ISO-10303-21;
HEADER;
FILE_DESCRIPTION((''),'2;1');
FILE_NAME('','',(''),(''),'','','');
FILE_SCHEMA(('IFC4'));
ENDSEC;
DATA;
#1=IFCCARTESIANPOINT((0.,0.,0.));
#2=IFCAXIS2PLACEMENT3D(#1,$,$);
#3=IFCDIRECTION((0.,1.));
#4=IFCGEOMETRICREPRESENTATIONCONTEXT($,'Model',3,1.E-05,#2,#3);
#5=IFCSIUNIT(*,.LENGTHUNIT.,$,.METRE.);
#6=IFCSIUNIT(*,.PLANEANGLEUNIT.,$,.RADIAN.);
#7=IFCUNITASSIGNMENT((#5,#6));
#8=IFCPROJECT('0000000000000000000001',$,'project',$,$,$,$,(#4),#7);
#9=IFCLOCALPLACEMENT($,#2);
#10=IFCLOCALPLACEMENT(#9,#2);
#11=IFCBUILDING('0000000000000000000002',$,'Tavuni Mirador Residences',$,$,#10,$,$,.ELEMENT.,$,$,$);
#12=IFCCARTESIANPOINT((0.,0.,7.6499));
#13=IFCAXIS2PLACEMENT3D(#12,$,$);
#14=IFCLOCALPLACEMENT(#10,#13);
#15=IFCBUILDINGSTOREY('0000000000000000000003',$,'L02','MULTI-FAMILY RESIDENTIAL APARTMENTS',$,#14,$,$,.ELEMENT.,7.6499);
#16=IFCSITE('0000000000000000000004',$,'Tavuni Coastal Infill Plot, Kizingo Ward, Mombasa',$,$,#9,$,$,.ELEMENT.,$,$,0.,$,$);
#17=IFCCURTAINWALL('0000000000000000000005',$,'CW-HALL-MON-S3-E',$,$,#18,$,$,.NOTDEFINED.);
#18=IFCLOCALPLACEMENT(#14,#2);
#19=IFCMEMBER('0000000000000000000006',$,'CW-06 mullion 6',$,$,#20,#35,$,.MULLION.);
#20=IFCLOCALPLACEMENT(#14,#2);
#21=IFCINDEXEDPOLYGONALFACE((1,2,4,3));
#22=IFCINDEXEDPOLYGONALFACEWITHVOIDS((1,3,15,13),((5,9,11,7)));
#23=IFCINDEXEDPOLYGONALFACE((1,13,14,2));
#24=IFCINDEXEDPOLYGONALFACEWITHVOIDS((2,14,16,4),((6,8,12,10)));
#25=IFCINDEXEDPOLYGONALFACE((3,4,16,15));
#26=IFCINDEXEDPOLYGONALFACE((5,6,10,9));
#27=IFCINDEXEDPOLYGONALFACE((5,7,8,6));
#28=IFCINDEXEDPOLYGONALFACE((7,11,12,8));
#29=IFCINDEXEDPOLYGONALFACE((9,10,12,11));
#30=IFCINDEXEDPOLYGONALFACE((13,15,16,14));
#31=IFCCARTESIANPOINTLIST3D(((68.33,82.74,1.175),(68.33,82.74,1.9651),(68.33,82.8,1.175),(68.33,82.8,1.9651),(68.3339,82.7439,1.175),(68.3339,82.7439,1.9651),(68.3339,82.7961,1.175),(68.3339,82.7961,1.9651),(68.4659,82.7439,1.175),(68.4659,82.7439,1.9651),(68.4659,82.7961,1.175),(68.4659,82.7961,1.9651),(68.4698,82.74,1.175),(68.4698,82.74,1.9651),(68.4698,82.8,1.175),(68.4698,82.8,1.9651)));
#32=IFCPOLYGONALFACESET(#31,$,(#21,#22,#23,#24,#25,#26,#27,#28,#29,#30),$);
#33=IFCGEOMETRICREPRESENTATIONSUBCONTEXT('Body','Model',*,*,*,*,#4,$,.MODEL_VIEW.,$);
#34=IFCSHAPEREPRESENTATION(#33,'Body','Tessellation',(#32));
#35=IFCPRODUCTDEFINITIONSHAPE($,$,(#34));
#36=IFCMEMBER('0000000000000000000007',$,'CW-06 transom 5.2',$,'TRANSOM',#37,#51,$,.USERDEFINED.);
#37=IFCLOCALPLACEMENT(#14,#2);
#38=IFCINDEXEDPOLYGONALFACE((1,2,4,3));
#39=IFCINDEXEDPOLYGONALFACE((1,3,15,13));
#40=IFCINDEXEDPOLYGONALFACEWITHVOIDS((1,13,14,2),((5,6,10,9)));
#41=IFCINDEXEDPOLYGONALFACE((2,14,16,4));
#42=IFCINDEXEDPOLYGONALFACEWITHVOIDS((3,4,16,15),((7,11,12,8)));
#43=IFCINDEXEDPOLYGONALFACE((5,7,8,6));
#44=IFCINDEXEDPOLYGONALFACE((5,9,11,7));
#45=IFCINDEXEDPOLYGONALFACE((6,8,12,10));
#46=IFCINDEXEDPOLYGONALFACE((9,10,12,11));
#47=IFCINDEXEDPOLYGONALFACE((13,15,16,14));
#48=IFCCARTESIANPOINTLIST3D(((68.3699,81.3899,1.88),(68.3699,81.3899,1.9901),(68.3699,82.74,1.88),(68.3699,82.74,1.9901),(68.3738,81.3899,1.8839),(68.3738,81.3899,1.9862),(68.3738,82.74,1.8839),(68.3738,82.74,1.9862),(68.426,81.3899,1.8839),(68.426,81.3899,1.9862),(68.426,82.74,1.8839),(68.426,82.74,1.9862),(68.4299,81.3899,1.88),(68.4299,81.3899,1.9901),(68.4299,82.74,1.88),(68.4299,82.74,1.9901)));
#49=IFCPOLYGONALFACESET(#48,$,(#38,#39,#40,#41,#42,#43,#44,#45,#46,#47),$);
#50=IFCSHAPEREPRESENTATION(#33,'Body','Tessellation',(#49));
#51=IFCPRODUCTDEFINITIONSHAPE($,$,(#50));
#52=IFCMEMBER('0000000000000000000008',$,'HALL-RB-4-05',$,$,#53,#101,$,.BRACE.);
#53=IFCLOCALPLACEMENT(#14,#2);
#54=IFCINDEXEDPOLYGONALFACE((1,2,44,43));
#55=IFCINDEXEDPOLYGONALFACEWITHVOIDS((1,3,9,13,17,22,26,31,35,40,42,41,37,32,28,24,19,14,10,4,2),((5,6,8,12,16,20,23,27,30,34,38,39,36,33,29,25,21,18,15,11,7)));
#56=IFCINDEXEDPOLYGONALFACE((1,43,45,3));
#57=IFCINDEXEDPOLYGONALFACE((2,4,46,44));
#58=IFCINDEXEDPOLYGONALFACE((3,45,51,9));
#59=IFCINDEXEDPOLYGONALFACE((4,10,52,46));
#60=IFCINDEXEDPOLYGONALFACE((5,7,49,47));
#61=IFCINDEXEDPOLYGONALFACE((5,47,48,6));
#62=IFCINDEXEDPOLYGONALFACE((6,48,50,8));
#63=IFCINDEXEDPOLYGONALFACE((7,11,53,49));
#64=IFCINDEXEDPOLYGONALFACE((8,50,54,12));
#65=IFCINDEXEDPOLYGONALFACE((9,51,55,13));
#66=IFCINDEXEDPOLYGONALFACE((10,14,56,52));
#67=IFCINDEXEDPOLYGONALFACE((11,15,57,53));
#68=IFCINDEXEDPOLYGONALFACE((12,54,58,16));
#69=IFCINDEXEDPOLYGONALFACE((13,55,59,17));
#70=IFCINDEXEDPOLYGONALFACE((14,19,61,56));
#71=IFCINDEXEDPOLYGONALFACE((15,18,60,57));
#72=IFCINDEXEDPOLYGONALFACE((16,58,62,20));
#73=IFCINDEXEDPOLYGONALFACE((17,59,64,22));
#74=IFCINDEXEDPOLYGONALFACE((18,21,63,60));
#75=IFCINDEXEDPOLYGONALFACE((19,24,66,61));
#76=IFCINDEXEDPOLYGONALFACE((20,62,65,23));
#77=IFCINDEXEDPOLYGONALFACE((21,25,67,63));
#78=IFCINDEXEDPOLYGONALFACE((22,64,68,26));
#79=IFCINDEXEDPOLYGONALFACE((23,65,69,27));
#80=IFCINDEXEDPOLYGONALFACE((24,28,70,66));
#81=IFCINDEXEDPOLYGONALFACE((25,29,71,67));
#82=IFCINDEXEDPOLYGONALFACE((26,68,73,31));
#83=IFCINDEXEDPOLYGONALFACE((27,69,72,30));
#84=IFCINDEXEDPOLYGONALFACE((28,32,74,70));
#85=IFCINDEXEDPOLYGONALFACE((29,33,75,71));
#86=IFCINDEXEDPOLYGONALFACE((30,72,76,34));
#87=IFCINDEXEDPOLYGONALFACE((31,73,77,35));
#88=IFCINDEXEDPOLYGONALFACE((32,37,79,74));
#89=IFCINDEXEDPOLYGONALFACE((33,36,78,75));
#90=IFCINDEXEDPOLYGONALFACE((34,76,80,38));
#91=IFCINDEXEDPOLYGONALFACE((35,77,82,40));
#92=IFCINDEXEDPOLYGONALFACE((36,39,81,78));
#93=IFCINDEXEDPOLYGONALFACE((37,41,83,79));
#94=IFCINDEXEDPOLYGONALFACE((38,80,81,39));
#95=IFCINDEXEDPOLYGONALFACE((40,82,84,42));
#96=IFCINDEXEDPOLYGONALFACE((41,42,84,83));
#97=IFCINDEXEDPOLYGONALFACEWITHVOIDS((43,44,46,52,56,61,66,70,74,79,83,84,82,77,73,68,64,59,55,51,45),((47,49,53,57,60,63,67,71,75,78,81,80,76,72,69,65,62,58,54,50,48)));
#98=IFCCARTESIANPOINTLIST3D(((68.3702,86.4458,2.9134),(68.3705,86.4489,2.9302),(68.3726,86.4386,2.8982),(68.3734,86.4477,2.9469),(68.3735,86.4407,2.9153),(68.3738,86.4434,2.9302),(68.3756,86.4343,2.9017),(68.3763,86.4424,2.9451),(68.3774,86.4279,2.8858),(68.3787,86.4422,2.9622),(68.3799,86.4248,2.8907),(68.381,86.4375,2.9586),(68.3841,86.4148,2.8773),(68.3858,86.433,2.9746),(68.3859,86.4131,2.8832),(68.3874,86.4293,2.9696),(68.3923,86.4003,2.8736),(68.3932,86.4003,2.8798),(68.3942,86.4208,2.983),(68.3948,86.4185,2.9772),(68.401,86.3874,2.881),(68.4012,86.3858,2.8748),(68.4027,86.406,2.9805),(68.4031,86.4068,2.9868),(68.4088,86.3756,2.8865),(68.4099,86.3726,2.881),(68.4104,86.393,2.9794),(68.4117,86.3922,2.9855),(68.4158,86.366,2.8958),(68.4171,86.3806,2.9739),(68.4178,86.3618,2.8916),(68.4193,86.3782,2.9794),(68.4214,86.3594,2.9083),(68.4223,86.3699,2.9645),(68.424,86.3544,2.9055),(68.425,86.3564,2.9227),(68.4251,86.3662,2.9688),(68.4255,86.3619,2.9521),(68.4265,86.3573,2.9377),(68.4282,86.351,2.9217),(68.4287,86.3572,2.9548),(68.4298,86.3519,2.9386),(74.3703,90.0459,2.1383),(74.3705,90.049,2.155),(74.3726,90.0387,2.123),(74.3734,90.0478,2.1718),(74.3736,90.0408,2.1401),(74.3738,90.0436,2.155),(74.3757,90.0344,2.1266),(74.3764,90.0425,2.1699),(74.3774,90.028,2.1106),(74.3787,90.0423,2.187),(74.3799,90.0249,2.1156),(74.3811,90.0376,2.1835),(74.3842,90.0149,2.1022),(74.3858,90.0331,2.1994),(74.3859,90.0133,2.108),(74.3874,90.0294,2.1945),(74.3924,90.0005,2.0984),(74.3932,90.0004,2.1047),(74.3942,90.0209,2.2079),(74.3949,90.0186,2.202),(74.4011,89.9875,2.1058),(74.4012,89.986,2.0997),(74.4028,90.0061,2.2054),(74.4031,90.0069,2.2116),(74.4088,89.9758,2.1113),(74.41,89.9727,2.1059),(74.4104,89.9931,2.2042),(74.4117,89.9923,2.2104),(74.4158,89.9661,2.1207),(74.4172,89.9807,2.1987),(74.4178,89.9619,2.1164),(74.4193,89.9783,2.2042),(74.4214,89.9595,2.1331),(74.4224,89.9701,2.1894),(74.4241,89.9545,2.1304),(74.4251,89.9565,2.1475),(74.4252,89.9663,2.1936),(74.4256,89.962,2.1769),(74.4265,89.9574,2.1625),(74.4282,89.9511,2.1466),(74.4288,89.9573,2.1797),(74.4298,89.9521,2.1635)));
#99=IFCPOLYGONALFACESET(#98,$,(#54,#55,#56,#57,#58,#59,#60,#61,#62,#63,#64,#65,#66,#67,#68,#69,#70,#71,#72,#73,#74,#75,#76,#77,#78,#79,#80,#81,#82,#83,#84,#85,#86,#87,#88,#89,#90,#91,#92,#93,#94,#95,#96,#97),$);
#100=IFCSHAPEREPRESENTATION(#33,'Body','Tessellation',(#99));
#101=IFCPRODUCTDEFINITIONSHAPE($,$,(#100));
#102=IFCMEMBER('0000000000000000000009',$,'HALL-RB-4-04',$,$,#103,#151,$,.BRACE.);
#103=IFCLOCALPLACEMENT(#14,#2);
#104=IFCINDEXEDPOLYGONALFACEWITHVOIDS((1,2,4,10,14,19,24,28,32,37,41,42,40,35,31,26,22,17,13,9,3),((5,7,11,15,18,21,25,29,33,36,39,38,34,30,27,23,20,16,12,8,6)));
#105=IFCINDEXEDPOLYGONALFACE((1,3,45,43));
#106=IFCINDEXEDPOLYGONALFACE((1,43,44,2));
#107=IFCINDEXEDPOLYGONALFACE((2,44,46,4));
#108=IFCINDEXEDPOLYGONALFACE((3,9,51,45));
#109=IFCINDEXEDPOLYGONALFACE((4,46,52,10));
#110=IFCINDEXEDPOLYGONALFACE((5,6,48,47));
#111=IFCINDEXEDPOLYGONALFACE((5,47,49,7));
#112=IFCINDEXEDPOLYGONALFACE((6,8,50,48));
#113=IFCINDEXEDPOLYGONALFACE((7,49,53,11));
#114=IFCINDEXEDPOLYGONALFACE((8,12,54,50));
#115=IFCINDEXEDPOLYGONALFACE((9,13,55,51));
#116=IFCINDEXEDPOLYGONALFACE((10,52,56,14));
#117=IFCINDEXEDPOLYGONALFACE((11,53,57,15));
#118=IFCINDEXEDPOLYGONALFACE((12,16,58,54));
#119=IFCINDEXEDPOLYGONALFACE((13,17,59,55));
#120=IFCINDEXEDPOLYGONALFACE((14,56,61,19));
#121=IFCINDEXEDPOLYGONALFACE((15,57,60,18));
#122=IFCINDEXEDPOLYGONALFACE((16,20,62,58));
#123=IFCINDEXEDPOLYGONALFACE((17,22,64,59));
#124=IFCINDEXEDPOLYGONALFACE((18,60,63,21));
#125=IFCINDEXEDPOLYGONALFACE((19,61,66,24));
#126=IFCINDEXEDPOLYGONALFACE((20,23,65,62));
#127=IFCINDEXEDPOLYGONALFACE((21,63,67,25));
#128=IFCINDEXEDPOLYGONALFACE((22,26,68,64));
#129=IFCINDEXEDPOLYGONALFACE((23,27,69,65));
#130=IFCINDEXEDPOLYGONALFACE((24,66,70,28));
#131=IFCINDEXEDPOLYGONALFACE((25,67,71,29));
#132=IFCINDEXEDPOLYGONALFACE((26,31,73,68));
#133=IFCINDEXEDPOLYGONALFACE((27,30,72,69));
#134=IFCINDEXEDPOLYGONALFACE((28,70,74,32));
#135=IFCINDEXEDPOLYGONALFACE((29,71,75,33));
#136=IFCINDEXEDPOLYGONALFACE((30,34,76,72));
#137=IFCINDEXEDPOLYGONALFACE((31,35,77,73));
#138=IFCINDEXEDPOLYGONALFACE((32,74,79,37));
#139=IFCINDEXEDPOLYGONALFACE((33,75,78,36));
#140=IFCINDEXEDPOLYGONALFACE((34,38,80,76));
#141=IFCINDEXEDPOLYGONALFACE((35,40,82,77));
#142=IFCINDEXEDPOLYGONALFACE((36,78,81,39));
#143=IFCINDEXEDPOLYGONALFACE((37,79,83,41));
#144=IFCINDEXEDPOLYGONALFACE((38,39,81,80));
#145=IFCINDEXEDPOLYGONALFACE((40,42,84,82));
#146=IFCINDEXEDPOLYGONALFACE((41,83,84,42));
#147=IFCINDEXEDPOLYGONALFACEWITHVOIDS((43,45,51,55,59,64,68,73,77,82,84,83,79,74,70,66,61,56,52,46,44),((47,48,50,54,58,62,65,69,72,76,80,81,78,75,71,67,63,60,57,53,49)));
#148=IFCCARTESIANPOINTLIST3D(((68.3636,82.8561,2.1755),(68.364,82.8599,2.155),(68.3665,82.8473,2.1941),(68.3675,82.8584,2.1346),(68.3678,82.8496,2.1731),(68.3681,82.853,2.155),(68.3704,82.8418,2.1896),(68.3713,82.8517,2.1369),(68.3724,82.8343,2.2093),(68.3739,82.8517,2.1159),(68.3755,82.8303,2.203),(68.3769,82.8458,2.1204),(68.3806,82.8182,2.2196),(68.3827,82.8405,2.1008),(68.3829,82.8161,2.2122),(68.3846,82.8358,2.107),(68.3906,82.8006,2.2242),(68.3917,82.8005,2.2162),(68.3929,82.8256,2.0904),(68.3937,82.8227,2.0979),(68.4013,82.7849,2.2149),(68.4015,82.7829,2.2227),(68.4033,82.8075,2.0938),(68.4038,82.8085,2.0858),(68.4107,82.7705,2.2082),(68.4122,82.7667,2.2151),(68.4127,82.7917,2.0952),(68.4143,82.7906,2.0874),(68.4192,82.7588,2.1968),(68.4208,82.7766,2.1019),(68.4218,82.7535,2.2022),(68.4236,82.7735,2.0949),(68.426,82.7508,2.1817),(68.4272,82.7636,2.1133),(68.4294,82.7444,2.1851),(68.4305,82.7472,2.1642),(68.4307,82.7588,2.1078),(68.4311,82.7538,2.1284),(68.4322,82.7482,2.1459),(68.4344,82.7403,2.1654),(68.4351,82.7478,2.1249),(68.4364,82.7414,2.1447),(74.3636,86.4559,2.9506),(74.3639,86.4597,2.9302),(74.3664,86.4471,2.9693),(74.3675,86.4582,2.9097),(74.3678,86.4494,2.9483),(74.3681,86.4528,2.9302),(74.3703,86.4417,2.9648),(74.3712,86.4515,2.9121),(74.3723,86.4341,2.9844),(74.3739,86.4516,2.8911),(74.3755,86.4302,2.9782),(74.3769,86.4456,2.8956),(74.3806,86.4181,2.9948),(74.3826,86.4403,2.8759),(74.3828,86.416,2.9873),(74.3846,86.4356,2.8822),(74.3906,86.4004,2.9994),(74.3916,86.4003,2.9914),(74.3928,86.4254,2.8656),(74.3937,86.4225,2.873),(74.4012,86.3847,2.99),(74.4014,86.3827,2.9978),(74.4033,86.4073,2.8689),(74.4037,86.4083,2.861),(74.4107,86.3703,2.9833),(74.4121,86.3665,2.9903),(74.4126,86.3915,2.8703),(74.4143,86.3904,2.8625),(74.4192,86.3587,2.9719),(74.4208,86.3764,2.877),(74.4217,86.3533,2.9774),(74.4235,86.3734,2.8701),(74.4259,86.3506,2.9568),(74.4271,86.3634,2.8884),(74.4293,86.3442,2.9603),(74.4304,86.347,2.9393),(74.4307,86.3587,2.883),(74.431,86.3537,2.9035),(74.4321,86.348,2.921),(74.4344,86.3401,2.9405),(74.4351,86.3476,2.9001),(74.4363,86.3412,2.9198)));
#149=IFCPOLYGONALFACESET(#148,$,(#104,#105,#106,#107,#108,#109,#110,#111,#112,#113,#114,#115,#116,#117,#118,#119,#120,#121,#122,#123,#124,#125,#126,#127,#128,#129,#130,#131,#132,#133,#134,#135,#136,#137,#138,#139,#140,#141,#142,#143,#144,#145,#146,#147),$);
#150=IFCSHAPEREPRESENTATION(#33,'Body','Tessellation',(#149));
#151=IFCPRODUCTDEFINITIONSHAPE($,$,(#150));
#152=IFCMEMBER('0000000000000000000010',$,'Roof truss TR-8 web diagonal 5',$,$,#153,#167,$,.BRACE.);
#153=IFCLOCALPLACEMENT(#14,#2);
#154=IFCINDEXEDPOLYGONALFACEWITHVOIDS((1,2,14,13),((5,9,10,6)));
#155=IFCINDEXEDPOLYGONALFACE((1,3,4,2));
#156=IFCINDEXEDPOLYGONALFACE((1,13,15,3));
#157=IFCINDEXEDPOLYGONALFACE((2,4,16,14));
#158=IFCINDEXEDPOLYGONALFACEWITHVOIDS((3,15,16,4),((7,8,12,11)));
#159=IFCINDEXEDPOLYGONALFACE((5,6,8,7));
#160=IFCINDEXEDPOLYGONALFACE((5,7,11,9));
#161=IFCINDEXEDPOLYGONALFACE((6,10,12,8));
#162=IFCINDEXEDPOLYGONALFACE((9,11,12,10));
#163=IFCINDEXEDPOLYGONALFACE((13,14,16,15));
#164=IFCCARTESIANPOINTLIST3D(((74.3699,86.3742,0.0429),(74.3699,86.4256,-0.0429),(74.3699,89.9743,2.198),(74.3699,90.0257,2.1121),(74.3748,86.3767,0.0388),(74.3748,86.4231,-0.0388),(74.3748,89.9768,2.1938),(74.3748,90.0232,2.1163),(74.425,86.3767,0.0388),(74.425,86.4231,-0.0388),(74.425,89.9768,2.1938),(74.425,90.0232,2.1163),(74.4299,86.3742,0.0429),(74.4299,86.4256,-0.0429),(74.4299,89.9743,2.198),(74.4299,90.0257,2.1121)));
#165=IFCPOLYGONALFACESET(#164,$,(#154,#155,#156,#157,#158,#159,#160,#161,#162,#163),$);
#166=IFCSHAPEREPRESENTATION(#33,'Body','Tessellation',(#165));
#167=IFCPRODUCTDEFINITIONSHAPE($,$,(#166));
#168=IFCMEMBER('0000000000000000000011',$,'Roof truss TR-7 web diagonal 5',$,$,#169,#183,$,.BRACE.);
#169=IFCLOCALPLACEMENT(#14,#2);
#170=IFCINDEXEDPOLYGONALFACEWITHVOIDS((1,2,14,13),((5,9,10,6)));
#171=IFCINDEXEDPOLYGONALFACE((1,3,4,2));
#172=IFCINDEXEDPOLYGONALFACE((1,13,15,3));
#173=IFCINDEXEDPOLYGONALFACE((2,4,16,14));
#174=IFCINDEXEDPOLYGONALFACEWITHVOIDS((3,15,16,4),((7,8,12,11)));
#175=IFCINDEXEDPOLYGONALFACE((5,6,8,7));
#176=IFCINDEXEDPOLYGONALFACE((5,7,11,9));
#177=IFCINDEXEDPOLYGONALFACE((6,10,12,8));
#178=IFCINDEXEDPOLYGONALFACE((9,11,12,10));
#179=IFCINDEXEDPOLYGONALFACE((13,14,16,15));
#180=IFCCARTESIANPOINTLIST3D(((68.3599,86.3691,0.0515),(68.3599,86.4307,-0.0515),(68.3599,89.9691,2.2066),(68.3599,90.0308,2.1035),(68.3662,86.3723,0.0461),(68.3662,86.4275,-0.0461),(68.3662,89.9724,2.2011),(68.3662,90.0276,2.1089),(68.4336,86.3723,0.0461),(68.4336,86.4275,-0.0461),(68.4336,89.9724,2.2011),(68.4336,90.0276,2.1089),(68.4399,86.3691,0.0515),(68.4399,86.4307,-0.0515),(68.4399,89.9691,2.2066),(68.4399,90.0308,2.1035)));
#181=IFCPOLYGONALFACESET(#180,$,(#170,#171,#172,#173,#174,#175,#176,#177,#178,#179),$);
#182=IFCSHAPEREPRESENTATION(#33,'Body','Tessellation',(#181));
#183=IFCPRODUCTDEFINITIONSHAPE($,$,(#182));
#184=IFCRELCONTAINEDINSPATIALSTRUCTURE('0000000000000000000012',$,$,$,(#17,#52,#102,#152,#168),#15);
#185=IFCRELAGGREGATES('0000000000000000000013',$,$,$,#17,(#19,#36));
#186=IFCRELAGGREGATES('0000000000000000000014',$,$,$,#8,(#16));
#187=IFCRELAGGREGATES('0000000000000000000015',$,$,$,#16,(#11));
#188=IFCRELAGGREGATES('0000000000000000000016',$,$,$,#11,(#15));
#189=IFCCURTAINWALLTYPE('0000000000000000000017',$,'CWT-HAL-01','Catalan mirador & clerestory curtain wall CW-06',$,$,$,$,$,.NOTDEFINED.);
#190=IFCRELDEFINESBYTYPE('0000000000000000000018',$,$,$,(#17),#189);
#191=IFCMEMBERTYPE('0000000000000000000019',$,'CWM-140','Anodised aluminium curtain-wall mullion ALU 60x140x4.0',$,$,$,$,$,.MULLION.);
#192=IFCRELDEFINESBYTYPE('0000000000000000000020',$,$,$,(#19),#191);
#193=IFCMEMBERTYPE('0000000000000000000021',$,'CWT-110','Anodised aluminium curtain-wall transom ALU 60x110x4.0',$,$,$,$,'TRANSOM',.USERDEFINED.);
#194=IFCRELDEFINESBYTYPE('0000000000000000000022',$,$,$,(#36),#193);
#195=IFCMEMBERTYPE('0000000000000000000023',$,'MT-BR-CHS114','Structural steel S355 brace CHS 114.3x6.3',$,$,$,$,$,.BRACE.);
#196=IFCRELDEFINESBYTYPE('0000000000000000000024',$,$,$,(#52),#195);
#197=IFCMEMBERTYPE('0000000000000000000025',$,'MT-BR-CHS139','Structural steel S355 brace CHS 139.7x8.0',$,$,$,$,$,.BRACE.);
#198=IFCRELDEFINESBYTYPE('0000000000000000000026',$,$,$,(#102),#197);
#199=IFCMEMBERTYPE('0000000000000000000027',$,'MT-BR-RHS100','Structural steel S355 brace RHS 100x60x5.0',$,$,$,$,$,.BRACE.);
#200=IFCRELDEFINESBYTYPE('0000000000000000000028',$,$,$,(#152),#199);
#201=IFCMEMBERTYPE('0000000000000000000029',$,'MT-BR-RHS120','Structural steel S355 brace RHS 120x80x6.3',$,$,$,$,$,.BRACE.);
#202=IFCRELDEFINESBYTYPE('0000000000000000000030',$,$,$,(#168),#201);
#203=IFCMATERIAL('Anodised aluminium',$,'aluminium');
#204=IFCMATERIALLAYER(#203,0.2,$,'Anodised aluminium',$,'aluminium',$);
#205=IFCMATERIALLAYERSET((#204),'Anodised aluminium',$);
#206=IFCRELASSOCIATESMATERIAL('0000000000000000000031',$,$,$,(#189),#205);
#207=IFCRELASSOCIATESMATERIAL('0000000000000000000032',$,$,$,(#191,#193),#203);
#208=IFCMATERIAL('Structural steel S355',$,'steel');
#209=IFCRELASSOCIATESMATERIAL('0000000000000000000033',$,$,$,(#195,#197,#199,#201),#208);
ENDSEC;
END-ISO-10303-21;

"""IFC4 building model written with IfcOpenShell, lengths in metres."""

from ifc_helpers import new_model, si_unit, direction, frame, origin, origin_2d, place, context, subcontext, project, spatial, hollow_rectangle, hollow_circle, extrude, material, layer, layer_set, material_profile, profile_set, type_object, element, aggregate, save


model = new_model("IFC4")

# Units and contexts
model_context = context("Model", 3, precision=1e-05, world=origin(), true_north=direction((0.0, 1.0)))
body_context = subcontext(model_context, "Body", "Model", "MODEL_VIEW")
ifc_project = project(units=[si_unit("LENGTHUNIT", "METRE"), si_unit("PLANEANGLEUNIT", "RADIAN")], contexts=[model_context])

# Site, building, storey
site_placement = place(None, origin())
site = spatial("IfcSite", under=ifc_project, at=site_placement, Name="Tavuni Coastal Infill Plot, Kizingo Ward, Mombasa", CompositionType="ELEMENT", RefElevation=0.0)
building_placement = place(site_placement, origin())
building = spatial("IfcBuilding", under=site, at=building_placement, Name="Tavuni Mirador Residences", CompositionType="ELEMENT")
storey_placement = place(building_placement, frame((0.0, 0.0, 7.6499)))
storey = spatial("IfcBuildingStorey", under=building, at=storey_placement, Name="L02", Description="MULTI-FAMILY RESIDENTIAL APARTMENTS", CompositionType="ELEMENT", Elevation=7.6499)

# Curtain wall, members
ifc_material_1 = material(Name="Anodised aluminium", Category="aluminium")
ifc_layer_1 = layer(ifc_material_1, 0.2, Name="Anodised aluminium", Category="aluminium")
ifc_layer_set_1 = layer_set([ifc_layer_1], Name="Anodised aluminium")
curtain_wall_type = type_object("IfcCurtainWallType", Name="CWT-HAL-01", Description="Catalan mirador & clerestory curtain wall CW-06", PredefinedType="NOTDEFINED", material=ifc_layer_set_1)
curtain_wall_placement = place(storey_placement, origin())
curtain_wall = element("IfcCurtainWall", 1, at=curtain_wall_placement, inside=storey, type_object=curtain_wall_type, Name="CW-HALL-MON-S3-E", PredefinedType="NOTDEFINED")
ifc_material_profile_1 = material_profile(ifc_material_1, hollow_rectangle(XDim=0.0601, YDim=0.1399, WallThickness=0.0039, at=origin_2d()), Name="ALU 60x140x4.0", Category="aluminium")
ifc_profile_set_1 = profile_set([ifc_material_profile_1], Name="Anodised aluminium")
member_type_1 = type_object("IfcMemberType", Name="CWM-140", Description="Anodised aluminium curtain-wall mullion ALU 60x140x4.0", PredefinedType="MULLION", material=ifc_profile_set_1)
member_1_placement = place(storey_placement, frame((68.3999, 82.77, 1.175), z_axis=(0.0, 0.0, 1.0), x_axis=(0.0, 1.0, 0.0)))
member_1 = element("IfcMember", 2, at=member_1_placement, type_object=member_type_1, Name="CW-06 mullion 6", PredefinedType="MULLION", context=body_context, shape_type="SweptSolid", body=[
    extrude(hollow_rectangle(XDim=0.0601, YDim=0.1399, WallThickness=0.0039, at=origin_2d()), origin(), (0.0, 0.0, 1.0), 0.79),
])
ifc_material_profile_2 = material_profile(ifc_material_1, hollow_rectangle(XDim=0.0601, YDim=0.1101, WallThickness=0.0039, at=origin_2d()), Name="ALU 60x110x4.0", Category="aluminium")
ifc_profile_set_2 = profile_set([ifc_material_profile_2], Name="Anodised aluminium")
member_type_2 = type_object("IfcMemberType", Name="CWT-110", Description="Anodised aluminium curtain-wall transom ALU 60x110x4.0", ElementType="TRANSOM", PredefinedType="USERDEFINED", material=ifc_profile_set_2)
member_2_placement = place(storey_placement, frame((68.3999, 81.3899, 1.9351), z_axis=(0.0, 1.0, 0.0), x_axis=(-1.0, 0.0, 0.0)))
member_2 = element("IfcMember", 3, at=member_2_placement, type_object=member_type_2, Name="CW-06 transom 5.2", ObjectType="TRANSOM", PredefinedType="USERDEFINED", context=body_context, shape_type="SweptSolid", body=[
    extrude(hollow_rectangle(XDim=0.0601, YDim=0.1101, WallThickness=0.0039, at=origin_2d()), origin(), (0.0, 0.0, 1.0), 1.3501),
])

# Members
ifc_material_2 = material(Name="Structural steel S355", Category="steel")
ifc_material_profile_3 = material_profile(ifc_material_2, hollow_circle(Radius=0.0571, WallThickness=0.0063, at=origin_2d()), Name="CHS 114.3x6.3", Category="steel")
ifc_profile_set_3 = profile_set([ifc_material_profile_3], Name="Structural steel S355")
member_type_3 = type_object("IfcMemberType", Name="MT-BR-CHS114", Description="Structural steel S355 brace CHS 114.3x6.3", PredefinedType="BRACE", material=ifc_profile_set_3)
member_3_placement = place(storey_placement, frame((68.3999, 86.3999, 2.9302), z_axis=(0.852273, 0.511378, -0.110106), x_axis=(-0.514506, 0.857487, 0.0)))
element("IfcMember", 4, at=member_3_placement, inside=storey, type_object=member_type_3, Name="HALL-RB-4-05", PredefinedType="BRACE", context=body_context, shape_type="SweptSolid", body=[
    extrude(hollow_circle(Radius=0.0571, WallThickness=0.0063, at=origin_2d()), origin(), (0.0, 0.0, 1.0), 7.04),
])
ifc_material_profile_4 = material_profile(ifc_material_2, hollow_circle(Radius=0.0698, WallThickness=0.0081, at=origin_2d()), Name="CHS 139.7x8.0", Category="steel")
ifc_profile_set_4 = profile_set([ifc_material_profile_4], Name="Structural steel S355")
member_type_4 = type_object("IfcMemberType", Name="MT-BR-CHS139", Description="Structural steel S355 brace CHS 139.7x8.0", PredefinedType="BRACE", material=ifc_profile_set_4)
member_4_placement = place(storey_placement, frame((68.3999, 82.8, 2.155), z_axis=(0.852288, 0.511352, 0.110108), x_axis=(-0.51448, 0.857502, 0.0)))
element("IfcMember", 5, at=member_4_placement, inside=storey, type_object=member_type_4, Name="HALL-RB-4-04", PredefinedType="BRACE", context=body_context, shape_type="SweptSolid", body=[
    extrude(hollow_circle(Radius=0.0698, WallThickness=0.0081, at=origin_2d()), origin(), (0.0, 0.0, 1.0), 7.0398),
])
ifc_material_profile_5 = material_profile(ifc_material_2, hollow_rectangle(XDim=0.0601, YDim=0.1001, WallThickness=0.0049, at=origin_2d()), Name="RHS 100x60x5.0", Category="steel")
ifc_profile_set_5 = profile_set([ifc_material_profile_5], Name="Structural steel S355")
member_type_5 = type_object("IfcMemberType", Name="MT-BR-RHS100", Description="Structural steel S355 brace RHS 100x60x5.0", PredefinedType="BRACE", material=ifc_profile_set_5)
member_5_placement = place(storey_placement, frame((74.3999, 86.3999, 0.0), z_axis=(0.0, 0.858021, 0.513614), x_axis=(-1.0, 0.0, 0.0)))
element("IfcMember", 6, at=member_5_placement, inside=storey, type_object=member_type_5, Name="Roof truss TR-8 web diagonal 5", PredefinedType="BRACE", context=body_context, shape_type="SweptSolid", body=[
    extrude(hollow_rectangle(XDim=0.0601, YDim=0.1001, WallThickness=0.0049, at=origin_2d()), origin(), (0.0, 0.0, 1.0), 4.1958),
])
ifc_material_profile_6 = material_profile(ifc_material_2, hollow_rectangle(XDim=0.0801, YDim=0.1201, WallThickness=0.0063, at=origin_2d()), Name="RHS 120x80x6.3", Category="steel")
ifc_profile_set_6 = profile_set([ifc_material_profile_6], Name="Structural steel S355")
member_type_6 = type_object("IfcMemberType", Name="MT-BR-RHS120", Description="Structural steel S355 brace RHS 120x80x6.3", PredefinedType="BRACE", material=ifc_profile_set_6)
member_6_placement = place(storey_placement, frame((68.3999, 86.3999, 0.0), z_axis=(0.0, 0.858021, 0.513614), x_axis=(-1.0, 0.0, 0.0)))
element("IfcMember", 7, at=member_6_placement, inside=storey, type_object=member_type_6, Name="Roof truss TR-7 web diagonal 5", PredefinedType="BRACE", context=body_context, shape_type="SweptSolid", body=[
    extrude(hollow_rectangle(XDim=0.0801, YDim=0.1201, WallThickness=0.0063, at=origin_2d()), origin(), (0.0, 0.0, 1.0), 4.1958),
])

aggregate(curtain_wall, [member_1, member_2])

save(model, "model.ifc")
